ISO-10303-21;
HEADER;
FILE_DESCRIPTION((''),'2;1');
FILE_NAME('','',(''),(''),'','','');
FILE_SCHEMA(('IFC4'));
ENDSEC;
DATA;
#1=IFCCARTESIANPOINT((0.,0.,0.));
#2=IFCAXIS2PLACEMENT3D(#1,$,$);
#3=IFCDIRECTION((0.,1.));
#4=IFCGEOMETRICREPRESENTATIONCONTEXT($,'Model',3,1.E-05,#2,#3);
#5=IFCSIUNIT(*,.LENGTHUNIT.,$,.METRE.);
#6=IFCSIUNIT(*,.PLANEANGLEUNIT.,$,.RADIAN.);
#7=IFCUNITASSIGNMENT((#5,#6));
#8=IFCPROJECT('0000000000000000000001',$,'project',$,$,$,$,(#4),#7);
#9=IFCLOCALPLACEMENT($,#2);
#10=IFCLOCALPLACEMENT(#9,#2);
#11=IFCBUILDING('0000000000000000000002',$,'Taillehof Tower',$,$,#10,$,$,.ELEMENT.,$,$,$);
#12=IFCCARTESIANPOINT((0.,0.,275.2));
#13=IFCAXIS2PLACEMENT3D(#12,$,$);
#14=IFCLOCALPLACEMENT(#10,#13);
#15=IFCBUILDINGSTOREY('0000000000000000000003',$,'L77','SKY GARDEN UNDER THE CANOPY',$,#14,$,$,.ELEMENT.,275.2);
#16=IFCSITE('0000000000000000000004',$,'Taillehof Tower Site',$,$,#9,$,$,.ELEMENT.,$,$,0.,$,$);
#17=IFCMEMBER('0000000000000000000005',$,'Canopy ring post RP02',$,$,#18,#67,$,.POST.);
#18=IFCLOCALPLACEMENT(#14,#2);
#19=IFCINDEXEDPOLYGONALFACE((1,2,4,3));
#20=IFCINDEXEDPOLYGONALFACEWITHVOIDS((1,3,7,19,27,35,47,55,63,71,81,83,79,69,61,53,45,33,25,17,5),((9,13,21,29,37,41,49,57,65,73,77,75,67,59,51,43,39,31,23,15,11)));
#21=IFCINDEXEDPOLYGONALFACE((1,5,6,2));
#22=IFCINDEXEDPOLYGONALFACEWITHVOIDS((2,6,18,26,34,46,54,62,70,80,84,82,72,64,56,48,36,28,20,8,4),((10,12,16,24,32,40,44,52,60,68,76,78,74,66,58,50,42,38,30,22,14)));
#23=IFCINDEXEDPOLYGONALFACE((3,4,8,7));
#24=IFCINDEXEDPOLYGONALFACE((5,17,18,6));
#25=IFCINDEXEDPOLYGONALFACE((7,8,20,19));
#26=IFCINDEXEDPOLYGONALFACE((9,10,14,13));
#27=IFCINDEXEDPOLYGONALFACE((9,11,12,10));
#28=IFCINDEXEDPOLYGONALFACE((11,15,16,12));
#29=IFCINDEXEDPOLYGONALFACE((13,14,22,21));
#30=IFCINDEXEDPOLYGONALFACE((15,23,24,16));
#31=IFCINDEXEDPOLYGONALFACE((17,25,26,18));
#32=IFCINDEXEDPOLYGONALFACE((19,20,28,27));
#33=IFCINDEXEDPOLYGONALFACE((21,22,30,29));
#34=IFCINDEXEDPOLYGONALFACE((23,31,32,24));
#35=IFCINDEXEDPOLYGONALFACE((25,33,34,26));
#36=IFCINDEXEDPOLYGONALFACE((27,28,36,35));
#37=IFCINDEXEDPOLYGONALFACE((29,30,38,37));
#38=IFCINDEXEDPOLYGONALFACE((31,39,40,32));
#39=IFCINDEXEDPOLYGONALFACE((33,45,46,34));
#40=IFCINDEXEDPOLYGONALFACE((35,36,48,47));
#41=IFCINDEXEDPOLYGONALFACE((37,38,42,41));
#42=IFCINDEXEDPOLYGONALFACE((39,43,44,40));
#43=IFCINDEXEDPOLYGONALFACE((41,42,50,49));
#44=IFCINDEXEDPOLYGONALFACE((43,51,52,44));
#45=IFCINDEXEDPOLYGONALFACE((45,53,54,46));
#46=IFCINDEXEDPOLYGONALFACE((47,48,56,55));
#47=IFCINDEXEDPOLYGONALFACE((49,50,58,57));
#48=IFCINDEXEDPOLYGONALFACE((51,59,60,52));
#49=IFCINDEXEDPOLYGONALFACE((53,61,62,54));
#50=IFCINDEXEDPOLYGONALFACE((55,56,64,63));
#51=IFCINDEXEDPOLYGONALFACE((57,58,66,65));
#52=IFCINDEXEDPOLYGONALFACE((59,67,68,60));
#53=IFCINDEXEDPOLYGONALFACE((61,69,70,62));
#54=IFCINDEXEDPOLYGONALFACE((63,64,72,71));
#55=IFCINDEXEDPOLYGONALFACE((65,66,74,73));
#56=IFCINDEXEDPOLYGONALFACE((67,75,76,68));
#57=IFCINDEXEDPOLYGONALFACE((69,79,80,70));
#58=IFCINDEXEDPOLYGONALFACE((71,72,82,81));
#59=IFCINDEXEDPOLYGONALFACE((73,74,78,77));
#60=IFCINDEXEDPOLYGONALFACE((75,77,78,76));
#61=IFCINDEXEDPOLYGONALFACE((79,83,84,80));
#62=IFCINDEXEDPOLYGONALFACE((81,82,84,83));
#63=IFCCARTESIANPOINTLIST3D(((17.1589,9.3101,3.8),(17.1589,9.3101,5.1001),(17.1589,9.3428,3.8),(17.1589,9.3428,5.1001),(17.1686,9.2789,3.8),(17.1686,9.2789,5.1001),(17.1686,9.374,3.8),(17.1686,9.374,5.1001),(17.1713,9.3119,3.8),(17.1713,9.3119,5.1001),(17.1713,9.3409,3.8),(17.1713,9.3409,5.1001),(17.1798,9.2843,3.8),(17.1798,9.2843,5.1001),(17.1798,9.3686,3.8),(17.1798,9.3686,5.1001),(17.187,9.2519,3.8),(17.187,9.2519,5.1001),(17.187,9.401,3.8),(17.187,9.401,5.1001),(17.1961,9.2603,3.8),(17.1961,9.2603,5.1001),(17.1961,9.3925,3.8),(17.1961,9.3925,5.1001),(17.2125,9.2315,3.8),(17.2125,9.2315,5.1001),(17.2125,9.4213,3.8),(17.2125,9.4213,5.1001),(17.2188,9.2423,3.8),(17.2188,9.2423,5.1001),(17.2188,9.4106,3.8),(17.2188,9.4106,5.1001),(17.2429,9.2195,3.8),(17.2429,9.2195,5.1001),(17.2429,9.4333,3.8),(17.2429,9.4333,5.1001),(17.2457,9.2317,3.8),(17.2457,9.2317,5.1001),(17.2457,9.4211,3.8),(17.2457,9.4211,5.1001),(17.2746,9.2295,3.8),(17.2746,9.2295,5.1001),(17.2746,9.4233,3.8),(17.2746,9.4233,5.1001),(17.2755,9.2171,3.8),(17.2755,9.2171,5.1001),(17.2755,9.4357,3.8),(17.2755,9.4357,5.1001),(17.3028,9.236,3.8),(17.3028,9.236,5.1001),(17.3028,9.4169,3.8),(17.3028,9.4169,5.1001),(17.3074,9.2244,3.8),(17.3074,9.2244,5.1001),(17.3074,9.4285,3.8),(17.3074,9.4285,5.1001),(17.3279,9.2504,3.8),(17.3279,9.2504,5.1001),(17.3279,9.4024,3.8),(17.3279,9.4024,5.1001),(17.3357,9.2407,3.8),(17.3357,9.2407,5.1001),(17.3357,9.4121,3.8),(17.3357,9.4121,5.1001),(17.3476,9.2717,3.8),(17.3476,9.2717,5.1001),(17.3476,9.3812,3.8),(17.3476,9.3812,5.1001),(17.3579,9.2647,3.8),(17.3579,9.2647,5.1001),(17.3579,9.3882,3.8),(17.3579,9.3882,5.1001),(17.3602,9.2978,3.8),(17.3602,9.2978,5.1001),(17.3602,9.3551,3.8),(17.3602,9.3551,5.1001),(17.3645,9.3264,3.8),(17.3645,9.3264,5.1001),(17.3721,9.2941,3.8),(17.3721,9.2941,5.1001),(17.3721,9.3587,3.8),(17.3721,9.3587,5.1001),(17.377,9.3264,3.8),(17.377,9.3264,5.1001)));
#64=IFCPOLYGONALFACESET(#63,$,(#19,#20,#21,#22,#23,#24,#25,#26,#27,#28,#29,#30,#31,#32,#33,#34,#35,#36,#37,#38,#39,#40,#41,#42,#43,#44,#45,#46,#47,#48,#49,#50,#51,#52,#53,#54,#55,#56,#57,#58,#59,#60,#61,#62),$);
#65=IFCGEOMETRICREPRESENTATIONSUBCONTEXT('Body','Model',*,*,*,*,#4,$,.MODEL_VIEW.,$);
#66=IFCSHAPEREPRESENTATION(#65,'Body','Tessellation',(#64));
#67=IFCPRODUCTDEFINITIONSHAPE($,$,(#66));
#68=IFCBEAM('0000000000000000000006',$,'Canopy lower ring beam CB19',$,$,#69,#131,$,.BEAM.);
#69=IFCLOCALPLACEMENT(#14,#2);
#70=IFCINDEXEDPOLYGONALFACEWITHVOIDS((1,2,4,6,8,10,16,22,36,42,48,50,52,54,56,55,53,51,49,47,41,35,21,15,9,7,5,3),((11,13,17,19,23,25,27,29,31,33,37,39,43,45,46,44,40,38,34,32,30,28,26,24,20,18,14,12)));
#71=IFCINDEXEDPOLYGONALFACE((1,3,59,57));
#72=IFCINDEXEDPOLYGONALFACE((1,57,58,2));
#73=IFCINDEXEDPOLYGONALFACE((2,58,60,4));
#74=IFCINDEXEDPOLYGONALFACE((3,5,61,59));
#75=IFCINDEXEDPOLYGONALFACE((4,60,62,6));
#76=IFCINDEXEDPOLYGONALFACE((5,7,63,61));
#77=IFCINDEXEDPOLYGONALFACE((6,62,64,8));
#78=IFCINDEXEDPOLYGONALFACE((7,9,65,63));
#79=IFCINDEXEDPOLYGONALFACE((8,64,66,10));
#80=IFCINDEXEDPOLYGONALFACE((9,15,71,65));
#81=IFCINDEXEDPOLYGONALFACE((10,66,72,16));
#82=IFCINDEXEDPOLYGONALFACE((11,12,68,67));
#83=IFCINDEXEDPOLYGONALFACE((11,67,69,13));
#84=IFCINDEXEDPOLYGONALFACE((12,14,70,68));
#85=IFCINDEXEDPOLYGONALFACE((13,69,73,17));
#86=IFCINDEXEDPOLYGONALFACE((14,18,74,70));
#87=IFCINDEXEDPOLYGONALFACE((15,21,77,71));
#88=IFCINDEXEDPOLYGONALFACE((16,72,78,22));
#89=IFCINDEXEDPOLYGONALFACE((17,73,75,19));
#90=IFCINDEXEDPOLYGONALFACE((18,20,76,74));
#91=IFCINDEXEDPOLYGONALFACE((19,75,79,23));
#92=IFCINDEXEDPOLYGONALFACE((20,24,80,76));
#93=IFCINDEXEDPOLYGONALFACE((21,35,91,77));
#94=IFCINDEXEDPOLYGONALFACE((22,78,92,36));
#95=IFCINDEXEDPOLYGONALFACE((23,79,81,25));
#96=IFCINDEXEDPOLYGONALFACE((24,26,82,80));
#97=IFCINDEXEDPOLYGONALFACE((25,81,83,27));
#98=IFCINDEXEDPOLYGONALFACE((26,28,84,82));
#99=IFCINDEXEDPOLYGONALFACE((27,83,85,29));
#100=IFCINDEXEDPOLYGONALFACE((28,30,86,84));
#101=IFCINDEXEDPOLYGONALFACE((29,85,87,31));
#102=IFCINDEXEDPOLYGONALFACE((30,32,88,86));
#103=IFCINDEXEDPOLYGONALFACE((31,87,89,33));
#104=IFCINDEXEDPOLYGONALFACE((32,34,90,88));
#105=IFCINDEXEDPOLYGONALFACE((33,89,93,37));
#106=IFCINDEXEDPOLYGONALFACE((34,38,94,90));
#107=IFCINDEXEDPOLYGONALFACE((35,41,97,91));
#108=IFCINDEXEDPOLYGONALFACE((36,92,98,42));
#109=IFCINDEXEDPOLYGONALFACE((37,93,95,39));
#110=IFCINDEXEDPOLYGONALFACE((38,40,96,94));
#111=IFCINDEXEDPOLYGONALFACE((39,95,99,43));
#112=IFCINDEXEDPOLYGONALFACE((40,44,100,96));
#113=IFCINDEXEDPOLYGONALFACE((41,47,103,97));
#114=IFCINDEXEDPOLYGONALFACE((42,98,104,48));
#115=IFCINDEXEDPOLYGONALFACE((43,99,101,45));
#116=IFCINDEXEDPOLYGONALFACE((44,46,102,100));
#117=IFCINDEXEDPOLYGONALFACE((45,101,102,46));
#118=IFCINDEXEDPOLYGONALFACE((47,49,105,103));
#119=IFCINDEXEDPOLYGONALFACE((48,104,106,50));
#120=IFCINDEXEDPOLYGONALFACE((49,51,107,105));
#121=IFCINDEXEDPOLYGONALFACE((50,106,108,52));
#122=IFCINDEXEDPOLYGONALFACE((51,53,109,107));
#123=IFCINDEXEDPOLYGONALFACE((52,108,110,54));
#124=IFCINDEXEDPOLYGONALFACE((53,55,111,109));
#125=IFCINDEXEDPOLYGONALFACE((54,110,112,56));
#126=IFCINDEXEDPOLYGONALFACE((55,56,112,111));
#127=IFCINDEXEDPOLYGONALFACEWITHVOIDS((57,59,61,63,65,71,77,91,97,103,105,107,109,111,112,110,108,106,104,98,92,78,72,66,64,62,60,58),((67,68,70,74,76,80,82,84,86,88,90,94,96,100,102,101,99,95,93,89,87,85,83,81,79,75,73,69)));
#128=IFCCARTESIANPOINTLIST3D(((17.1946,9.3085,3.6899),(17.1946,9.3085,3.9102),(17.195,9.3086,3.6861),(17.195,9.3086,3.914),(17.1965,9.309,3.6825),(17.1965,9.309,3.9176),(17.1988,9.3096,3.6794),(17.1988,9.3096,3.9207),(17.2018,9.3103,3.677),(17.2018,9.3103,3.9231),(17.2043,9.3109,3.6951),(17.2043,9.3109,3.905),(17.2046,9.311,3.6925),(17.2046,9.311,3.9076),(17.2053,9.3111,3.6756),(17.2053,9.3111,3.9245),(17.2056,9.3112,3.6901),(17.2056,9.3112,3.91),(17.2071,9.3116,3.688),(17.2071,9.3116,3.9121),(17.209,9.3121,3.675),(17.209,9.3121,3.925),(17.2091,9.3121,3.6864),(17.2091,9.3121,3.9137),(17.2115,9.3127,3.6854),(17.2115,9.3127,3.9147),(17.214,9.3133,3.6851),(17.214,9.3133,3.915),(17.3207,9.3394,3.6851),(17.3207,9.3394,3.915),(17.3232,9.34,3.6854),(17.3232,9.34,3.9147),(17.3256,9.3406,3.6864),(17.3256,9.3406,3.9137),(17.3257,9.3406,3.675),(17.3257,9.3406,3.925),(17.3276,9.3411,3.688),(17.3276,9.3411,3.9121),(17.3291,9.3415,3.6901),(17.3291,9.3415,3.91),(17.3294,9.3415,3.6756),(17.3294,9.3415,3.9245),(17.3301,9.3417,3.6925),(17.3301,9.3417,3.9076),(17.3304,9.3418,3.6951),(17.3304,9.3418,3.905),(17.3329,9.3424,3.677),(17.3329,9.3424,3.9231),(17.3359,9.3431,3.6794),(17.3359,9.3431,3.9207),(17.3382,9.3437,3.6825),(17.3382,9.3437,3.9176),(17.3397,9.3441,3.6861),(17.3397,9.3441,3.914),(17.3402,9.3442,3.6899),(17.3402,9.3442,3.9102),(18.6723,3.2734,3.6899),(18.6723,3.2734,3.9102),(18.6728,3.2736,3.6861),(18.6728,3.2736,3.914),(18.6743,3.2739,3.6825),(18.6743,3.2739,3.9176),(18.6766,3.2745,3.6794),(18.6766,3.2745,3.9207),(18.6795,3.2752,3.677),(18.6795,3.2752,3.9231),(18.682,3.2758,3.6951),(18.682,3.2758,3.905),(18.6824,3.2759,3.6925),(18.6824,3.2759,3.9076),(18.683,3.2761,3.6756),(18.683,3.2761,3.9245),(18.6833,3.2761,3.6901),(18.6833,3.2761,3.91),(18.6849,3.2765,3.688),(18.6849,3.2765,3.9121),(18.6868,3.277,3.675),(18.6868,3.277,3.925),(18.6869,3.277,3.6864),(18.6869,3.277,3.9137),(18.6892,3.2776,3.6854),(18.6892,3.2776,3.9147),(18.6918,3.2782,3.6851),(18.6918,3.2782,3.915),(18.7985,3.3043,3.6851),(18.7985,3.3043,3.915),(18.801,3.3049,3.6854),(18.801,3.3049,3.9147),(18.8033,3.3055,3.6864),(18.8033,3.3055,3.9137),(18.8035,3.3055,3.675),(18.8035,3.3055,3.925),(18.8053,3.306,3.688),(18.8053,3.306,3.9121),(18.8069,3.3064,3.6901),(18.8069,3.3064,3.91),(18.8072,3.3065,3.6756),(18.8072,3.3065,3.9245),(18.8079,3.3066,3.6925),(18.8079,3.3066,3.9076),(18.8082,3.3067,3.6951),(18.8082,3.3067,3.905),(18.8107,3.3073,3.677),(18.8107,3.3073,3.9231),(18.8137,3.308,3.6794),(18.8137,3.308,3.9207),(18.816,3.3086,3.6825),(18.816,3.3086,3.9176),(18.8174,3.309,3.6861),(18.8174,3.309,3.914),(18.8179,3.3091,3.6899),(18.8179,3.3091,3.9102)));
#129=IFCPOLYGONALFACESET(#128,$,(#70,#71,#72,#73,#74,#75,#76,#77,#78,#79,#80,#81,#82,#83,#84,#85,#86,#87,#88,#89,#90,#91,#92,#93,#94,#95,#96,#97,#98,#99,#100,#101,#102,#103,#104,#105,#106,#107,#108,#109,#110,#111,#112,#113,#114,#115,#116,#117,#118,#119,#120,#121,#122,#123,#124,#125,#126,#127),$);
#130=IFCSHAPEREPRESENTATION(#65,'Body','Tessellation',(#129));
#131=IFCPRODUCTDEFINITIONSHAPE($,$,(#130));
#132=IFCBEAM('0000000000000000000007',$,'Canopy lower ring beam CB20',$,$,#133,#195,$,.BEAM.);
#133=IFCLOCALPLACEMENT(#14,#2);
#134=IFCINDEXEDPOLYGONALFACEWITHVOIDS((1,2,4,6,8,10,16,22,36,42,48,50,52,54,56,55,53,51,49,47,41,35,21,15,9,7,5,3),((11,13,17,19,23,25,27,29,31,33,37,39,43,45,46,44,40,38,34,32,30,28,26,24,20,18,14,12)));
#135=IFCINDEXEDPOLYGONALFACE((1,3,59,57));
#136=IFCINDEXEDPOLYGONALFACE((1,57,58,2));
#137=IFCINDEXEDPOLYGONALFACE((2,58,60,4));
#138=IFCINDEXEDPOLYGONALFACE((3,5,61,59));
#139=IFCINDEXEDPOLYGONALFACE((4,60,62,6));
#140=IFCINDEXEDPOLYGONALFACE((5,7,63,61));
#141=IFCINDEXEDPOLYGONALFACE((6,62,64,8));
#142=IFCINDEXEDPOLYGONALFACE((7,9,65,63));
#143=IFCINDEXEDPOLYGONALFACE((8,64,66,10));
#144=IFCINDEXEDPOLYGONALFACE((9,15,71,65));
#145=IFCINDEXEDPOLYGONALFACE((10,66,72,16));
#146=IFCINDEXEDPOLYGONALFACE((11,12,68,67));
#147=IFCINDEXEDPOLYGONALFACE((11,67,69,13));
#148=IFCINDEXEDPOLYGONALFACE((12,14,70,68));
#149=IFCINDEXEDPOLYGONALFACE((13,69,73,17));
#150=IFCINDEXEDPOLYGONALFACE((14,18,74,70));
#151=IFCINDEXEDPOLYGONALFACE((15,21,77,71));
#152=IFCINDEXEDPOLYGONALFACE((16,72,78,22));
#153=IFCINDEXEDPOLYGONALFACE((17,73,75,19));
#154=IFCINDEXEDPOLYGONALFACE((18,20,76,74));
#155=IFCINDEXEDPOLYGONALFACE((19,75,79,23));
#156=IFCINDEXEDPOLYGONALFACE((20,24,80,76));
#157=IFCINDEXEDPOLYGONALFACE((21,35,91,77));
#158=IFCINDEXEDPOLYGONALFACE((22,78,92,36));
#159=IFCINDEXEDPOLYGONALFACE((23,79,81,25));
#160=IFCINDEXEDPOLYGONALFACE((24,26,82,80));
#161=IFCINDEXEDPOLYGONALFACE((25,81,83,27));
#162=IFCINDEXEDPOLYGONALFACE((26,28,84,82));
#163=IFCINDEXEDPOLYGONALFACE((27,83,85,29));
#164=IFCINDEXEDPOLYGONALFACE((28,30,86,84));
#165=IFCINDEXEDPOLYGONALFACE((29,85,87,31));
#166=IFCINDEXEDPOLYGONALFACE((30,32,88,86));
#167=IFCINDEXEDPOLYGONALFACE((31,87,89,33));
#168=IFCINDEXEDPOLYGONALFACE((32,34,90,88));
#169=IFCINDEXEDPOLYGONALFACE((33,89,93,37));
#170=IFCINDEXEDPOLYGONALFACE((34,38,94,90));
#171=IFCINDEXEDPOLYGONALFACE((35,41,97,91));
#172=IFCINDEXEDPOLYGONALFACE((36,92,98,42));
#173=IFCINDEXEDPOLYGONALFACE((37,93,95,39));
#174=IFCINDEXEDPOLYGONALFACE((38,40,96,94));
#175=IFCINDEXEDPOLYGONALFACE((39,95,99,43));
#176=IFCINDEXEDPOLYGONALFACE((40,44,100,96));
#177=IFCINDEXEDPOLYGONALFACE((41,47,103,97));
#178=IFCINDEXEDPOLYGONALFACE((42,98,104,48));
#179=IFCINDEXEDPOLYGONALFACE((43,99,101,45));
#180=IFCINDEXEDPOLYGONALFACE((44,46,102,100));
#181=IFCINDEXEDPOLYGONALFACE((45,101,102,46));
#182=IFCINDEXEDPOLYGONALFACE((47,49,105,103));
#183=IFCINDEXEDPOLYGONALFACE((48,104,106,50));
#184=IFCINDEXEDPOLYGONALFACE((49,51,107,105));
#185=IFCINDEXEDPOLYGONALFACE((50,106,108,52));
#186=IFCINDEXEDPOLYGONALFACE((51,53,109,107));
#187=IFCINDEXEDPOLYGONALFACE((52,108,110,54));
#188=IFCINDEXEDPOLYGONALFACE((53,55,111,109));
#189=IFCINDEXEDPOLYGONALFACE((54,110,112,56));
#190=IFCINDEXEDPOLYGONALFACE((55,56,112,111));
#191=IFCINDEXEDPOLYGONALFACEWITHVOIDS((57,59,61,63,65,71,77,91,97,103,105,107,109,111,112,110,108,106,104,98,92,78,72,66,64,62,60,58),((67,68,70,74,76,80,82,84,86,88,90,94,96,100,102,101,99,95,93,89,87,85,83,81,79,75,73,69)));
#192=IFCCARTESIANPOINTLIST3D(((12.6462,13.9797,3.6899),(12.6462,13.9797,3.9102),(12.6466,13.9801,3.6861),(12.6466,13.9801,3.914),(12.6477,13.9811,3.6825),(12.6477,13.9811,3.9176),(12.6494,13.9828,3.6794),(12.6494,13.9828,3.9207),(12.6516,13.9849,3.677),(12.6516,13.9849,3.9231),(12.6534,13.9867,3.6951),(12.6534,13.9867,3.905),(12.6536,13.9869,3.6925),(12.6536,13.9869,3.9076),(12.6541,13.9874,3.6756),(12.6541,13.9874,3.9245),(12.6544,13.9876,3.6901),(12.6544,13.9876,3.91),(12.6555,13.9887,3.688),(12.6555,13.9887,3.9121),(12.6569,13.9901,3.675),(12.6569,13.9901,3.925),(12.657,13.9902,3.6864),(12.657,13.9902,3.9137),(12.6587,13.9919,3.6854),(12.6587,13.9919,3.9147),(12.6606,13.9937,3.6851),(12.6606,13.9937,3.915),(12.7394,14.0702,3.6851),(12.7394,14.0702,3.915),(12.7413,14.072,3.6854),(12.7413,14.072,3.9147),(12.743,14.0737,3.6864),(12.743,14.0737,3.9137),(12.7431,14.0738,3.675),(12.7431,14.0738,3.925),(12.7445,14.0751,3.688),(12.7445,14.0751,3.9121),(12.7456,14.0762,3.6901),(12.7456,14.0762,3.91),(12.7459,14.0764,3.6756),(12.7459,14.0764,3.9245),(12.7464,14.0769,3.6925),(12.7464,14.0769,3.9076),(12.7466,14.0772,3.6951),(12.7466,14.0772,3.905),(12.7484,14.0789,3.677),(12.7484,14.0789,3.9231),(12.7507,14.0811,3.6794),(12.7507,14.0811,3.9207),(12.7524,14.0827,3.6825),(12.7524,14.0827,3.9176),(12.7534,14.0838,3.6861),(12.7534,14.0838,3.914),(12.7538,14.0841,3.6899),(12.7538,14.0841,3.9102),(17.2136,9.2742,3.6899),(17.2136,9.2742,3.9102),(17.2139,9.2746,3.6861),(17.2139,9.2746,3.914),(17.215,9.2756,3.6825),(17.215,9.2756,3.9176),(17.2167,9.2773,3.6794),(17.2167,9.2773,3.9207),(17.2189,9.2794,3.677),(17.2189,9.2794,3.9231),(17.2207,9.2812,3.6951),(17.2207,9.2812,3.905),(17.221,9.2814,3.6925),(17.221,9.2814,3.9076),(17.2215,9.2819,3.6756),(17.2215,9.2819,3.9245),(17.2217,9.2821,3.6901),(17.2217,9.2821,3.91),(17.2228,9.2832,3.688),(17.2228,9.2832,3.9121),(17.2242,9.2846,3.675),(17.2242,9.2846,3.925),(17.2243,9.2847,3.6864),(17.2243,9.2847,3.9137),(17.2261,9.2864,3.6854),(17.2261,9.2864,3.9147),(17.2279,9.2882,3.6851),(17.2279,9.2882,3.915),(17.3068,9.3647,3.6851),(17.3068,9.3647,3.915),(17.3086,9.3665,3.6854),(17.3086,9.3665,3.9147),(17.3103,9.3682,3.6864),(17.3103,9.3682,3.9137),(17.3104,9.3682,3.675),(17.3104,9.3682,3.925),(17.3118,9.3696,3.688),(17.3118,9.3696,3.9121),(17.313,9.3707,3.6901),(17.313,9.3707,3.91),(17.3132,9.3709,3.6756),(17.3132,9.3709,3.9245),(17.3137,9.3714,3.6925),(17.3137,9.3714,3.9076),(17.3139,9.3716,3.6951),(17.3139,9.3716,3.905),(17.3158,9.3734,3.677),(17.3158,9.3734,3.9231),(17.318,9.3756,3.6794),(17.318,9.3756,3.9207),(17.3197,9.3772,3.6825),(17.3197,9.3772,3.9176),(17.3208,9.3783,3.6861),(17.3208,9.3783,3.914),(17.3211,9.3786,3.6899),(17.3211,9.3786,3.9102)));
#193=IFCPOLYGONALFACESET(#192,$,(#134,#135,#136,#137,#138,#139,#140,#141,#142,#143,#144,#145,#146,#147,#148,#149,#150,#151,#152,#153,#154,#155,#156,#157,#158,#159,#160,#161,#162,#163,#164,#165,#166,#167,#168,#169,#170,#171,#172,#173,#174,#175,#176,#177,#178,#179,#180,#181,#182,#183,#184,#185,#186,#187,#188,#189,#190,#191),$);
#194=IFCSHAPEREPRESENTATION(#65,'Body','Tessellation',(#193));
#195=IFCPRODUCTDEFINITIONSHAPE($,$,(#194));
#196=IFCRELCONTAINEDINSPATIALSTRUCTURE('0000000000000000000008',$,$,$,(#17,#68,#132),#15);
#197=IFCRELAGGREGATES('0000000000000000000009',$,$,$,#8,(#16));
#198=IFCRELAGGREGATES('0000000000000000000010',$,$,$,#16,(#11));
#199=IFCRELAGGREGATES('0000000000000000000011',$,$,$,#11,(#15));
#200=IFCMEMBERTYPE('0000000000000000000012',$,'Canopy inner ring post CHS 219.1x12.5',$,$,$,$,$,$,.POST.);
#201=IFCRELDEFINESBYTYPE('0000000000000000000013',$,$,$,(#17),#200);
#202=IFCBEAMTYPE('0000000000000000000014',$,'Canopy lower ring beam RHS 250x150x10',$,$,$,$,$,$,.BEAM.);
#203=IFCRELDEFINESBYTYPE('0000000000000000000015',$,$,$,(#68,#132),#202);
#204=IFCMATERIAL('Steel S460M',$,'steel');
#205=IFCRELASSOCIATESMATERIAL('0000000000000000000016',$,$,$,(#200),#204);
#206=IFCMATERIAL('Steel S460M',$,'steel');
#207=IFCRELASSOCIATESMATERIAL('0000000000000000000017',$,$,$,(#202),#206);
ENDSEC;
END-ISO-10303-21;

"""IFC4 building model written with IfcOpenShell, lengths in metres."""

from ifc_helpers import new_model, si_unit, direction, frame, origin, origin_2d, place, context, subcontext, project, spatial, hollow_rectangle, hollow_circle, extrude, material, material_profile, profile_set, type_object, element, save


model = new_model("IFC4")

# Units and contexts
model_context = context("Model", 3, precision=1e-05, world=origin(), true_north=direction((0.0, 1.0)))
body_context = subcontext(model_context, "Body", "Model", "MODEL_VIEW")
ifc_project = project(units=[si_unit("LENGTHUNIT", "METRE"), si_unit("PLANEANGLEUNIT", "RADIAN")], contexts=[model_context])

# Site, building, storey
site_placement = place(None, origin())
site = spatial("IfcSite", under=ifc_project, at=site_placement, Name="Taillehof Tower Site", CompositionType="ELEMENT", RefElevation=0.0)
building_placement = place(site_placement, origin())
building = spatial("IfcBuilding", under=site, at=building_placement, Name="Taillehof Tower", CompositionType="ELEMENT")
storey_placement = place(building_placement, frame((0.0, 0.0, 275.2)))
storey = spatial("IfcBuildingStorey", under=building, at=storey_placement, Name="L77", Description="SKY GARDEN UNDER THE CANOPY", CompositionType="ELEMENT", Elevation=275.2)

# Member
ifc_material_1 = material(Name="Steel S460M", Category="steel")
ifc_material_profile_1 = material_profile(ifc_material_1, hollow_circle(Radius=0.1096, WallThickness=0.0125, at=origin_2d()), Name="CHS 219.1x12.5")
ifc_profile_set_1 = profile_set([ifc_material_profile_1], Name="Steel S460M")
member_type_1 = type_object("IfcMemberType", Name="Canopy inner ring post CHS 219.1x12.5", PredefinedType="POST", material=ifc_profile_set_1)
for number, where, z_axis, x_axis, name in (
    (1, (17.2673, 9.3264, 3.8), (0.0, 0.0, 1.0), (1.0, 0.0, 0.0), "Canopy ring post RP02"),
):
    element("IfcMember", number, at=place(storey_placement, frame(where, z_axis=z_axis, x_axis=x_axis)), inside=storey, type_object=member_type_1, Name=name, PredefinedType="POST", context=body_context, shape_type="SweptSolid", body=[
        extrude(hollow_circle(Radius=0.1096, WallThickness=0.0125, at=origin_2d()), origin(), (0.0, 0.0, 1.0), 1.3),
    ])

# Beams
ifc_material_2 = material(Name="Steel S460M", Category="steel")
ifc_material_profile_2 = material_profile(ifc_material_2, hollow_rectangle(XDim=0.1499, YDim=0.25, WallThickness=0.01, InnerFilletRadius=0.01, OuterFilletRadius=0.0149, at=origin_2d()), Name="RHS 250x150x10")
ifc_profile_set_2 = profile_set([ifc_material_profile_2], Name="Steel S460M")
beam_type_1 = type_object("IfcBeamType", Name="Canopy lower ring beam RHS 250x150x10", PredefinedType="BEAM", material=ifc_profile_set_2)
beam_1_placement = place(storey_placement, frame((18.7451, 3.2913, 3.8), z_axis=(-0.237836, 0.971305, 0.0), x_axis=(-0.971305, -0.237836, 0.0)))
element("IfcBeam", 2, at=beam_1_placement, inside=storey, type_object=beam_type_1, Name="Canopy lower ring beam CB19", PredefinedType="BEAM", context=body_context, shape_type="SweptSolid", body=[
    extrude(hollow_rectangle(XDim=0.1499, YDim=0.25, WallThickness=0.01, InnerFilletRadius=0.01, OuterFilletRadius=0.0149, at=origin_2d()), origin(), (0.0, 0.0, 1.0), 6.2134),
])
beam_2_placement = place(storey_placement, frame((17.2673, 9.3264, 3.8), z_axis=(-0.696492, 0.717564, 0.0), x_axis=(-0.717564, -0.696492, 0.0)))
element("IfcBeam", 3, at=beam_2_placement, inside=storey, type_object=beam_type_1, Name="Canopy lower ring beam CB20", PredefinedType="BEAM", context=body_context, shape_type="SweptSolid", body=[
    extrude(hollow_rectangle(XDim=0.1499, YDim=0.25, WallThickness=0.01, InnerFilletRadius=0.01, OuterFilletRadius=0.0149, at=origin_2d()), origin(), (0.0, 0.0, 1.0), 6.5576),
])

save(model, "model.ifc")
